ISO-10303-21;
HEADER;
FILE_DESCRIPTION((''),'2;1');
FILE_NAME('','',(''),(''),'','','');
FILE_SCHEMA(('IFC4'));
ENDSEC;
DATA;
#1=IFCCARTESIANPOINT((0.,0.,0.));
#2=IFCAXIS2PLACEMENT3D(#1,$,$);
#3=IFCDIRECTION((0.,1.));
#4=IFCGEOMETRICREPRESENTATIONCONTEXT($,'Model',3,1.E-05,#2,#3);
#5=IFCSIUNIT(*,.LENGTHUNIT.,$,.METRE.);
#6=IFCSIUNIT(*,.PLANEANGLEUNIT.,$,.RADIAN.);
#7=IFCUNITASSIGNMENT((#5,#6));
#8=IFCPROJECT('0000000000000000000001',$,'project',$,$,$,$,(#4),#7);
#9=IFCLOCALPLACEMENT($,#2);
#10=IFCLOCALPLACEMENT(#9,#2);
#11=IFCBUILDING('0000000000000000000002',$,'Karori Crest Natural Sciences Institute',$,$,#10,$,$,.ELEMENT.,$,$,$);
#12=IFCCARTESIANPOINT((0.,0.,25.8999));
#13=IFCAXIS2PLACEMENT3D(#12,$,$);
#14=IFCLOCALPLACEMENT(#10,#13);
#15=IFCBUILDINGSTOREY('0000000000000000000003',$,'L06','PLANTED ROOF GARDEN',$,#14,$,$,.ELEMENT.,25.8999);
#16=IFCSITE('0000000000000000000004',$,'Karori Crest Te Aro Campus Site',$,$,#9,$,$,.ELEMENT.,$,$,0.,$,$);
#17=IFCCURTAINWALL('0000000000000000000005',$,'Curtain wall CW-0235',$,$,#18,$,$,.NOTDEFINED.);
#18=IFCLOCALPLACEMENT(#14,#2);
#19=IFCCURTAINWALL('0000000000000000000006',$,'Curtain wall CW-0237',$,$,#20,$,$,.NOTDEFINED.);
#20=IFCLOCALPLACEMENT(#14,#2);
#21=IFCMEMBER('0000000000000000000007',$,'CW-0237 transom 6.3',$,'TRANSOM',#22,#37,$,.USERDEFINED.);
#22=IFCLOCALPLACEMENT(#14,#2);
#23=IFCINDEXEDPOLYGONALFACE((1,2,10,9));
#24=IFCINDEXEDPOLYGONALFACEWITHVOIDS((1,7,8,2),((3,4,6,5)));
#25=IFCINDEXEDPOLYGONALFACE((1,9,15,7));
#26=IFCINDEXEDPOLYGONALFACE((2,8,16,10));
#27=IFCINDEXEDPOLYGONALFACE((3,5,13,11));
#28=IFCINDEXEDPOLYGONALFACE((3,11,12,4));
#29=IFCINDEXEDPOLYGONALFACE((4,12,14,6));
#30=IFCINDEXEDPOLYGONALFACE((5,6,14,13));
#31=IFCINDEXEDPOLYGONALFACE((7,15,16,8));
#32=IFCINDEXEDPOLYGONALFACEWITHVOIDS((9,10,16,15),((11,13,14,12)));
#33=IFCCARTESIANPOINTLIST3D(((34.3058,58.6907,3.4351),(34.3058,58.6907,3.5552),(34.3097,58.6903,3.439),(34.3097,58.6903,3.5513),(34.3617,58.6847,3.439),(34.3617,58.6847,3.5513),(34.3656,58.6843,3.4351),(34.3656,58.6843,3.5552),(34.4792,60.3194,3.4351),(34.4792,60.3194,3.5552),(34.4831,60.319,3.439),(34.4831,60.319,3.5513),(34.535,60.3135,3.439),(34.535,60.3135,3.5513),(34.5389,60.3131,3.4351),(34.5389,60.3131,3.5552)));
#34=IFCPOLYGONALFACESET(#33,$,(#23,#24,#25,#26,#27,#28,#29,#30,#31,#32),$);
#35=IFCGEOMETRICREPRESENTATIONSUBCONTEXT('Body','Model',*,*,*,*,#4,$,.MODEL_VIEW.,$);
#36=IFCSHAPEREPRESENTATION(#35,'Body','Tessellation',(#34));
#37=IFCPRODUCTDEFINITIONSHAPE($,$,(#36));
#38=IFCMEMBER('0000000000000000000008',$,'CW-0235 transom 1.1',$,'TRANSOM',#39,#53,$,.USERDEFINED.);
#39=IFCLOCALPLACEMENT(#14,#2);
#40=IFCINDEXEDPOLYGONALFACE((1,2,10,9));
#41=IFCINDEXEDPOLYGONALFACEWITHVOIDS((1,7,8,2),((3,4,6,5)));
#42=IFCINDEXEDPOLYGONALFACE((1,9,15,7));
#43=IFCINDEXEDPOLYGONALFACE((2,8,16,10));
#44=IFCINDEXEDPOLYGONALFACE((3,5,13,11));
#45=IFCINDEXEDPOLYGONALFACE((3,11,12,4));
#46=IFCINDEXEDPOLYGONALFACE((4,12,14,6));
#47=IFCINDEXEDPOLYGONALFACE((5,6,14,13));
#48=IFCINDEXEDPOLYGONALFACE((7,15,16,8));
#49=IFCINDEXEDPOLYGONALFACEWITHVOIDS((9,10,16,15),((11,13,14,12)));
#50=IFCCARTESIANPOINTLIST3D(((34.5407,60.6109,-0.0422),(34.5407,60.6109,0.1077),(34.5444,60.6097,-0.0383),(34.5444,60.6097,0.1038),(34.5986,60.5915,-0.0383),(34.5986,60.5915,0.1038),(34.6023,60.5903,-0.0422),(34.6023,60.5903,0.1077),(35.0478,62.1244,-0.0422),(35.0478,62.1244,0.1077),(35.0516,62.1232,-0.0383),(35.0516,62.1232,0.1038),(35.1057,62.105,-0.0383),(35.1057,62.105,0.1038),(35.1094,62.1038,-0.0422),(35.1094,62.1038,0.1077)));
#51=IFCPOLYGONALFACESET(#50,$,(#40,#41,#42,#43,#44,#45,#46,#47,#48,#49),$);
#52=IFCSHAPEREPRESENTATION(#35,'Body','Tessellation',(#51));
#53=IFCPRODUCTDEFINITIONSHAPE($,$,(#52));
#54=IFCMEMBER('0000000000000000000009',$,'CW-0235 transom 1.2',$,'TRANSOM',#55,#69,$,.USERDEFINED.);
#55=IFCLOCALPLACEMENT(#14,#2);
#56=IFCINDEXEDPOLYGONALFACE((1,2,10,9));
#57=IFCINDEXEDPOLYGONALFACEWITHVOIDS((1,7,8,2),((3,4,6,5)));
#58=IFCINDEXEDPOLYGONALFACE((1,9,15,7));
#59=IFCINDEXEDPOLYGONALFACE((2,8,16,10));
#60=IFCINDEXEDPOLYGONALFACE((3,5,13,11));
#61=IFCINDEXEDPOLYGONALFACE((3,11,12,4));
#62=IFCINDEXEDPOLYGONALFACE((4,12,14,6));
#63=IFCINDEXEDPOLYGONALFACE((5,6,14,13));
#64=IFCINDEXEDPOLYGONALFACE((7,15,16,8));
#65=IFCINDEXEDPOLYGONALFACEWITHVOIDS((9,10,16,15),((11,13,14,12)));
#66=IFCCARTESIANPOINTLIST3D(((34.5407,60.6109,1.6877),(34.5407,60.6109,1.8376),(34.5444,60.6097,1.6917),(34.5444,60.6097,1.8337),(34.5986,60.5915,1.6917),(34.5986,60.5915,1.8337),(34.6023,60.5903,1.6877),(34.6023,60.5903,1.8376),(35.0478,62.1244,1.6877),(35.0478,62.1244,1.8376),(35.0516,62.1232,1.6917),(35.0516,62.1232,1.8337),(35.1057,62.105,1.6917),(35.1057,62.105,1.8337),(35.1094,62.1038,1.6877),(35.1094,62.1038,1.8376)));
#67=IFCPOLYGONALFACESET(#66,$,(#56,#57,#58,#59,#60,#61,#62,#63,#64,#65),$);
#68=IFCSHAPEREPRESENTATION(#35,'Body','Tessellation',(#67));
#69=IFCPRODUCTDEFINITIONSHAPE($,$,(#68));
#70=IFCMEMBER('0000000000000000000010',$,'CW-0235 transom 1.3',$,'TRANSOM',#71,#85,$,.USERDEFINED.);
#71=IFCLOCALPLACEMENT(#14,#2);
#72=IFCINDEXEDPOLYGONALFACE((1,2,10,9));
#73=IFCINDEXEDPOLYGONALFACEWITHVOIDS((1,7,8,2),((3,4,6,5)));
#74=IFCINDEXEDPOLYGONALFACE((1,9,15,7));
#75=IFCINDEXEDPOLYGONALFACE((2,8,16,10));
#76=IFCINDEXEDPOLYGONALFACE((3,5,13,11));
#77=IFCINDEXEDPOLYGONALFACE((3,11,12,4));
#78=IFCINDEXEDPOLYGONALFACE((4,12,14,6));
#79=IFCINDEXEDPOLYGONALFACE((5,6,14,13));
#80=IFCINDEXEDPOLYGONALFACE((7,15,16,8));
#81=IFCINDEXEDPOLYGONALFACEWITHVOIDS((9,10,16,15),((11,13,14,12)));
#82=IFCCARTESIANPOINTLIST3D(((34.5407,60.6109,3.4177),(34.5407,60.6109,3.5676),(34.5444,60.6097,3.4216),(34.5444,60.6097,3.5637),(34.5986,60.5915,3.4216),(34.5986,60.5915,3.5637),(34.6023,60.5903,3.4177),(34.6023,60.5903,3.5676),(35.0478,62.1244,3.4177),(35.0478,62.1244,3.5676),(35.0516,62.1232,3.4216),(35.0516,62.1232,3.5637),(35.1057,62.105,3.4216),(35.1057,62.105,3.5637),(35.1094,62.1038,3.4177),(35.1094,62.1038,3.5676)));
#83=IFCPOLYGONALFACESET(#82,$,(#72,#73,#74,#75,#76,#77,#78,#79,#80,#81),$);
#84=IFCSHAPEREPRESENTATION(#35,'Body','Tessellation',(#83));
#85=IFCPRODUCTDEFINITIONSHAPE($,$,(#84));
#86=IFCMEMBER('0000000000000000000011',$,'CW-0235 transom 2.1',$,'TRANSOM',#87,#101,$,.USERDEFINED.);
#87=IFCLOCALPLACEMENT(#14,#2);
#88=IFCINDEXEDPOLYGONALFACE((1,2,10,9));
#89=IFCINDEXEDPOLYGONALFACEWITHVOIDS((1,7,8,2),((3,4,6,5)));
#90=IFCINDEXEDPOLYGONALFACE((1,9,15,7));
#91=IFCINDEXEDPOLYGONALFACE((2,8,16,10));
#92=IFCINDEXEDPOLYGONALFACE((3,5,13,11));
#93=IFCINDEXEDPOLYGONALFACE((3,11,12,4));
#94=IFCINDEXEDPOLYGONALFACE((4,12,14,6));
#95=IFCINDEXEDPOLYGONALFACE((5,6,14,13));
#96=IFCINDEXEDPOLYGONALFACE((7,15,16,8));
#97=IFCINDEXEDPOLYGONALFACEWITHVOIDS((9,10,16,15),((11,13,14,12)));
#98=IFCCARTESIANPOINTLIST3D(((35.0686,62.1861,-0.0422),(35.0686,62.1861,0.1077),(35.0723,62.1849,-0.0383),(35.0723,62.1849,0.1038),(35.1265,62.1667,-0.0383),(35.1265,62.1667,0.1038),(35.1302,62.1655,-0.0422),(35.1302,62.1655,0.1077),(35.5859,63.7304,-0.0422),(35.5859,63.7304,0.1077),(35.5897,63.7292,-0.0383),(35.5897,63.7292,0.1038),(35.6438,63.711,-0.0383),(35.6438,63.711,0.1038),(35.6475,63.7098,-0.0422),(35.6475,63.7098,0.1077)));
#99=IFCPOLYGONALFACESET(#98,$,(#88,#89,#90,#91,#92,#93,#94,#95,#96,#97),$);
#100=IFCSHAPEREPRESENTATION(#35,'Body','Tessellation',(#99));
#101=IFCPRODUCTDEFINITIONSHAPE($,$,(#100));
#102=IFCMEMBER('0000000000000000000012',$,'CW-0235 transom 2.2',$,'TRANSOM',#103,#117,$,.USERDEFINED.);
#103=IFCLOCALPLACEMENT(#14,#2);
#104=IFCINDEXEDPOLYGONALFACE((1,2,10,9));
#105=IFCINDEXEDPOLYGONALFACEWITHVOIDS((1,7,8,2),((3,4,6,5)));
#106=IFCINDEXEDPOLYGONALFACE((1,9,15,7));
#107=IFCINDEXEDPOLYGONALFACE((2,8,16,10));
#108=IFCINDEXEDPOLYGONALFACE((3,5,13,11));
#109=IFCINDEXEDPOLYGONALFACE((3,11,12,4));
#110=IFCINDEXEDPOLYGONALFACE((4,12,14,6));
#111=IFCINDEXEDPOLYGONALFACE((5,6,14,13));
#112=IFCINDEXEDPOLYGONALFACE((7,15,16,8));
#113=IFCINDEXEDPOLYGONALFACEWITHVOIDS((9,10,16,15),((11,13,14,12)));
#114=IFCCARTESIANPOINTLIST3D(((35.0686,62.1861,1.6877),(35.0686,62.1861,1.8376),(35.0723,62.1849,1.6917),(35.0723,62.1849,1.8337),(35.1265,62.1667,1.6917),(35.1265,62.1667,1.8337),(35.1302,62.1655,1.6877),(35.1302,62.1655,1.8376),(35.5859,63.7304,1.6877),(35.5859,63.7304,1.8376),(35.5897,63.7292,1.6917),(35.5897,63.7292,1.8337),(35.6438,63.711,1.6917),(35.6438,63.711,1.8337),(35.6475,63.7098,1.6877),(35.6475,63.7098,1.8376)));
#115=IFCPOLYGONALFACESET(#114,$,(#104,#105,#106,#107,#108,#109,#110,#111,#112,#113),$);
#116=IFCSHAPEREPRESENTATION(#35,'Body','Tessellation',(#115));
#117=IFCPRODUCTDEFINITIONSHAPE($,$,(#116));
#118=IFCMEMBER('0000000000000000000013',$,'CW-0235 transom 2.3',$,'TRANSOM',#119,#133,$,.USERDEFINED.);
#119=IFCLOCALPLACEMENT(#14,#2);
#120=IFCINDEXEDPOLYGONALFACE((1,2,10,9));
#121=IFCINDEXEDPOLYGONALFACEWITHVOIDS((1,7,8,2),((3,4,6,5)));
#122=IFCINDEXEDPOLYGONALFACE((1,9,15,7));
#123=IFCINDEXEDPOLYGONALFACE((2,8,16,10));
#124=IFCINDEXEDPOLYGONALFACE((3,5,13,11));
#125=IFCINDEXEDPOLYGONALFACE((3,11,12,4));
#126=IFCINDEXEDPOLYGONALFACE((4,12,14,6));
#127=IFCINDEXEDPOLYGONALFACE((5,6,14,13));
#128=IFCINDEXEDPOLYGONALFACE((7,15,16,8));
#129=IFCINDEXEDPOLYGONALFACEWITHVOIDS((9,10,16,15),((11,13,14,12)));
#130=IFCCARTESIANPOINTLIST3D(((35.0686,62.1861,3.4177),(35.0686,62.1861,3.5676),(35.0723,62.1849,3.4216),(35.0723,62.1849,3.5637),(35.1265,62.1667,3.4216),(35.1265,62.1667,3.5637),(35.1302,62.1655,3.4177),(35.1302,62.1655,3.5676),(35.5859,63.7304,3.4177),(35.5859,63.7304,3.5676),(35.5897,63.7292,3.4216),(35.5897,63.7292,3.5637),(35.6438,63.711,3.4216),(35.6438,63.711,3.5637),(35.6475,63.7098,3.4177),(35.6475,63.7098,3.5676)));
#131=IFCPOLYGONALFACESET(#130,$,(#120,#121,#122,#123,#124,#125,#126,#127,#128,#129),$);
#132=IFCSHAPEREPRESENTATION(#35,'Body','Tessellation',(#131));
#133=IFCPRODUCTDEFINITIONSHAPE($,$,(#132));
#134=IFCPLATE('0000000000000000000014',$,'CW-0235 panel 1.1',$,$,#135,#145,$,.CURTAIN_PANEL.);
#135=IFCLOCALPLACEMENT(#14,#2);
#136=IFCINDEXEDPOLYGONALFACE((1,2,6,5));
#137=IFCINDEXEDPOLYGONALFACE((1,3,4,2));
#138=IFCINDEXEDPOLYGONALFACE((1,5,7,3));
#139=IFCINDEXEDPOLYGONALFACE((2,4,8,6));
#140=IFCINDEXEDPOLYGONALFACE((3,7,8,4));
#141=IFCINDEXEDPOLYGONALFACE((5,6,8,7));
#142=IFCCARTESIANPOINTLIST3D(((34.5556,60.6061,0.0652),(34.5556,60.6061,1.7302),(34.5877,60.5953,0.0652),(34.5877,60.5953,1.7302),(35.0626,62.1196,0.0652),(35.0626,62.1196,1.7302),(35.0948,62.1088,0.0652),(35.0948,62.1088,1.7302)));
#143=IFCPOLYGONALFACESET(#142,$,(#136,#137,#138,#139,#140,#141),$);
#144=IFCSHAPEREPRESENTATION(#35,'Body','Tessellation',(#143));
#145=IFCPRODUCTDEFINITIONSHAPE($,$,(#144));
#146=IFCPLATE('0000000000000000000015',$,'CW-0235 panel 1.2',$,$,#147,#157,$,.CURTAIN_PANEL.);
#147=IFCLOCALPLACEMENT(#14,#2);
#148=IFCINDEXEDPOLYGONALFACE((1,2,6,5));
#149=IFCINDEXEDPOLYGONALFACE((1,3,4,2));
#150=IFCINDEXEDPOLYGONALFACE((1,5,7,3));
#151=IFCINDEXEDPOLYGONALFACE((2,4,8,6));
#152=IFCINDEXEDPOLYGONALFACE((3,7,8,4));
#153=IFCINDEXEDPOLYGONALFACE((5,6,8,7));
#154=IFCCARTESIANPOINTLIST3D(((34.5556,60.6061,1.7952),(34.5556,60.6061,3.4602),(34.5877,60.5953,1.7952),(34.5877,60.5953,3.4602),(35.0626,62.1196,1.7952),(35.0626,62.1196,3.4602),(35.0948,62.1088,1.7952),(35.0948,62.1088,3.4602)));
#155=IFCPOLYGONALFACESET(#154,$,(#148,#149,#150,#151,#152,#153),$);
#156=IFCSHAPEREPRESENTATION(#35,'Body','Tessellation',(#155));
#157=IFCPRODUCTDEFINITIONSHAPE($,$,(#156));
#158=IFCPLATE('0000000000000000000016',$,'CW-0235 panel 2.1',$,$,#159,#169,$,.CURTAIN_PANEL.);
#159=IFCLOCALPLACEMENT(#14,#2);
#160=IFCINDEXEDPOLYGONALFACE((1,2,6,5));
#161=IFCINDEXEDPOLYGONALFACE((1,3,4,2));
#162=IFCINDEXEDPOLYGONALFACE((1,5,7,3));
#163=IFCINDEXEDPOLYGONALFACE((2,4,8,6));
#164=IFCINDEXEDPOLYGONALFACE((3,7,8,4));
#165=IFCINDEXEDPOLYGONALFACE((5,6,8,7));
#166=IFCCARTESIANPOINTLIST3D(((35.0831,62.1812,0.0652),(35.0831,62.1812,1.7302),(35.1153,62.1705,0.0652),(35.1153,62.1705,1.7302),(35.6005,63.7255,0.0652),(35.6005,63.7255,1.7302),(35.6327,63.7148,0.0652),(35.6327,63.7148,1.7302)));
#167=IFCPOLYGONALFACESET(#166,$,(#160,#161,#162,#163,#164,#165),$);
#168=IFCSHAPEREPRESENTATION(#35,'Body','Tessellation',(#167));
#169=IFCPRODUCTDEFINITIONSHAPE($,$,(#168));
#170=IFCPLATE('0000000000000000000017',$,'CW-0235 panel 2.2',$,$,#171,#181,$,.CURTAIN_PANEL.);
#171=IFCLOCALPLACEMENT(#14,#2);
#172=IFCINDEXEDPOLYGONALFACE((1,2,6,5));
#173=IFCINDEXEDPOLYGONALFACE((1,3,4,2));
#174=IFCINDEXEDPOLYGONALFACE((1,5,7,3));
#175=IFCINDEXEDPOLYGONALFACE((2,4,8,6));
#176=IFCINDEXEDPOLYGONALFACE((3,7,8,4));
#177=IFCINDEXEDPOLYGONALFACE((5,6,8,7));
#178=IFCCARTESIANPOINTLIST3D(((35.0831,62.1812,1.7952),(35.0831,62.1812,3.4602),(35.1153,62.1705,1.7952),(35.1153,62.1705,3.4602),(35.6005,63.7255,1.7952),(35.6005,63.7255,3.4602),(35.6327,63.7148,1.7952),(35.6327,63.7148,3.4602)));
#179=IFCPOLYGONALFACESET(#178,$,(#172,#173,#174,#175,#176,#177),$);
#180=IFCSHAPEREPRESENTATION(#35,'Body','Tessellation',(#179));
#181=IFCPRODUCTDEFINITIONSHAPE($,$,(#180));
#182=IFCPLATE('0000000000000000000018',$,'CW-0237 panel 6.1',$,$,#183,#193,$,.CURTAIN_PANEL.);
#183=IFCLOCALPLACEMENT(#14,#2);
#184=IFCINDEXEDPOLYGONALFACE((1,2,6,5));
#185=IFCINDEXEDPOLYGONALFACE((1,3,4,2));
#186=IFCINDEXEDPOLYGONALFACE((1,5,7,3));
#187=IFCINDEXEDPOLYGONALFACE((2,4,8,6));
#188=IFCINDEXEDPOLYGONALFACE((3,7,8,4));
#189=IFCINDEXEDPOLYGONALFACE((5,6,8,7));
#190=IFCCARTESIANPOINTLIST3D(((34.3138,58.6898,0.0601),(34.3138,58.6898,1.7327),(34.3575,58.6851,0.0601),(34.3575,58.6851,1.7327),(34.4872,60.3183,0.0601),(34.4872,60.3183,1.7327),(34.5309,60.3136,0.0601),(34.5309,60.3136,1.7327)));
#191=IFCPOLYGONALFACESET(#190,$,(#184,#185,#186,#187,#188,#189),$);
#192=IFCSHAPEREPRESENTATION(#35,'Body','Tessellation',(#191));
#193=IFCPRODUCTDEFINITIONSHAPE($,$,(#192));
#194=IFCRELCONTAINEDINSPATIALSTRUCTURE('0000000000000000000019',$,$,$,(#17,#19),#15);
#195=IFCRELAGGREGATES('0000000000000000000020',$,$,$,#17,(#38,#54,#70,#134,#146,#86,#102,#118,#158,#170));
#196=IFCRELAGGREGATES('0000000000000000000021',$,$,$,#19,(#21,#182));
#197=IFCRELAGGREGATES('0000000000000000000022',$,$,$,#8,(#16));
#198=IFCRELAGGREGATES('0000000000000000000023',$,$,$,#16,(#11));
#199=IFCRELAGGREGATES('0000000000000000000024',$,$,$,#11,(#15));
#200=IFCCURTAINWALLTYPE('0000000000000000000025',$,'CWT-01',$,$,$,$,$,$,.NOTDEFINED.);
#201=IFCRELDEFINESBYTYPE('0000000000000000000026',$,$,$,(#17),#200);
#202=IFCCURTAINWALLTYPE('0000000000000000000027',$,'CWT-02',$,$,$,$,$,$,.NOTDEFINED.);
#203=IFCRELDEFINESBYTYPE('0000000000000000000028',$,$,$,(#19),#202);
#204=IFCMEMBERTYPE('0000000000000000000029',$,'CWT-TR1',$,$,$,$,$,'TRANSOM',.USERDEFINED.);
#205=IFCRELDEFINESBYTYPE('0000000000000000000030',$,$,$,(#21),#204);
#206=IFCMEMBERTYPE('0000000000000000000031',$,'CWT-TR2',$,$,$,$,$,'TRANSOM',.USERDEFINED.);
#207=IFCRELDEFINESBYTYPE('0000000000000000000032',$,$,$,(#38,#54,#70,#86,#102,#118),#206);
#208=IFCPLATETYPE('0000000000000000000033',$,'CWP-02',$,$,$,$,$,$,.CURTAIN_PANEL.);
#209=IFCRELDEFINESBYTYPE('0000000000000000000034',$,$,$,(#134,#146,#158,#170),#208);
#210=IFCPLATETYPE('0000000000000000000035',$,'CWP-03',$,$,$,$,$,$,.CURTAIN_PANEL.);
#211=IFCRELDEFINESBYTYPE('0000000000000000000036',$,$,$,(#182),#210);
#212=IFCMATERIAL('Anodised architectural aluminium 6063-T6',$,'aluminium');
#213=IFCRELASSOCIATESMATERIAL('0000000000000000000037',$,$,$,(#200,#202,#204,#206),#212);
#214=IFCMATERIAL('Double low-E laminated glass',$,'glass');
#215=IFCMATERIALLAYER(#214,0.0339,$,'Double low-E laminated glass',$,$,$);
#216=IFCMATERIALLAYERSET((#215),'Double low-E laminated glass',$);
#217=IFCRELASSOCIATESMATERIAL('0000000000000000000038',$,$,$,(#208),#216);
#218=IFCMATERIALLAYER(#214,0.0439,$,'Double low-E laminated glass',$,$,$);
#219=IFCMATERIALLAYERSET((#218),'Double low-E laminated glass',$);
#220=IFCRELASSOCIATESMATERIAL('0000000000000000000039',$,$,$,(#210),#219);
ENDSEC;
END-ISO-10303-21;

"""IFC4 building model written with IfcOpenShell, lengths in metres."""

from ifc_helpers import new_model, si_unit, direction, frame, origin, origin_2d, place, context, subcontext, project, spatial, rectangle, hollow_rectangle, extrude, material, layer, layer_set, material_profile, profile_set, type_object, element, aggregate, save


model = new_model("IFC4")

# Units and contexts
model_context = context("Model", 3, precision=1e-05, world=origin(), true_north=direction((0.0, 1.0)))
body_context = subcontext(model_context, "Body", "Model", "MODEL_VIEW")
ifc_project = project(units=[si_unit("LENGTHUNIT", "METRE"), si_unit("PLANEANGLEUNIT", "RADIAN")], contexts=[model_context])

# Site, building, storey
site_placement = place(None, origin())
site = spatial("IfcSite", under=ifc_project, at=site_placement, Name="Karori Crest Te Aro Campus Site", CompositionType="ELEMENT", RefElevation=0.0)
building_placement = place(site_placement, origin())
building = spatial("IfcBuilding", under=site, at=building_placement, Name="Karori Crest Natural Sciences Institute", CompositionType="ELEMENT")
storey_placement = place(building_placement, frame((0.0, 0.0, 25.8999)))
storey = spatial("IfcBuildingStorey", under=building, at=storey_placement, Name="L06", Description="PLANTED ROOF GARDEN", CompositionType="ELEMENT", Elevation=25.8999)

# Curtain walls, member
ifc_material_1 = material(Name="Anodised architectural aluminium 6063-T6", Category="aluminium")
curtain_wall_type_1 = type_object("IfcCurtainWallType", Name="CWT-01", PredefinedType="NOTDEFINED", material=ifc_material_1)
curtain_wall_1_placement = place(storey_placement, origin())
curtain_wall_1 = element("IfcCurtainWall", 1, at=curtain_wall_1_placement, inside=storey, type_object=curtain_wall_type_1, Name="Curtain wall CW-0235", PredefinedType="NOTDEFINED")
curtain_wall_type_2 = type_object("IfcCurtainWallType", Name="CWT-02", PredefinedType="NOTDEFINED", material=ifc_material_1)
curtain_wall_2_placement = place(storey_placement, origin())
curtain_wall_2 = element("IfcCurtainWall", 2, at=curtain_wall_2_placement, inside=storey, type_object=curtain_wall_type_2, Name="Curtain wall CW-0237", PredefinedType="NOTDEFINED")
ifc_material_profile_1 = material_profile(ifc_material_1, hollow_rectangle(XDim=0.0601, YDim=0.1201, WallThickness=0.0039, at=origin_2d()), Name="CWT120x60x4")
ifc_profile_set_1 = profile_set([ifc_material_profile_1], Name="Anodised architectural aluminium 6063-T6")
member_type_1 = type_object("IfcMemberType", Name="CWT-TR1", ElementType="TRANSOM", PredefinedType="USERDEFINED", material=ifc_profile_set_1)
member_1_placement = place(storey_placement, frame((34.3357, 58.6875, 3.4951), z_axis=(0.105833, 0.994384, 0.0), x_axis=(-0.994384, 0.105833, 0.0)))
member_1 = element("IfcMember", 3, at=member_1_placement, type_object=member_type_1, Name="CW-0237 transom 6.3", ObjectType="TRANSOM", PredefinedType="USERDEFINED", context=body_context, shape_type="SweptSolid", body=[
    extrude(hollow_rectangle(XDim=0.0601, YDim=0.1201, WallThickness=0.0039, at=origin_2d()), origin(), (0.0, 0.0, 1.0), 1.6379),
])

# Members
ifc_material_profile_2 = material_profile(ifc_material_1, hollow_rectangle(XDim=0.0649, YDim=0.1499, WallThickness=0.0039, at=origin_2d()), Name="CWT150x65x4")
ifc_profile_set_2 = profile_set([ifc_material_profile_2], Name="Anodised architectural aluminium 6063-T6")
member_type_2 = type_object("IfcMemberType", Name="CWT-TR2", ElementType="TRANSOM", PredefinedType="USERDEFINED", material=ifc_profile_set_2)
member_2_placement = place(storey_placement, frame((34.5715, 60.6006, 0.0327), z_axis=(0.317696, 0.948193, 0.0), x_axis=(-0.948193, 0.317696, 0.0)))
member_2 = element("IfcMember", 4, at=member_2_placement, type_object=member_type_2, Name="CW-0235 transom 1.1", ObjectType="TRANSOM", PredefinedType="USERDEFINED", context=body_context, shape_type="SweptSolid", body=[
    extrude(hollow_rectangle(XDim=0.0649, YDim=0.1499, WallThickness=0.0039, at=origin_2d()), origin(), (0.0, 0.0, 1.0), 1.5962),
])
member_3_placement = place(storey_placement, frame((34.5715, 60.6006, 1.7627), z_axis=(0.317696, 0.948193, 0.0), x_axis=(-0.948193, 0.317696, 0.0)))
member_3 = element("IfcMember", 5, at=member_3_placement, type_object=member_type_2, Name="CW-0235 transom 1.2", ObjectType="TRANSOM", PredefinedType="USERDEFINED", context=body_context, shape_type="SweptSolid", body=[
    extrude(hollow_rectangle(XDim=0.0649, YDim=0.1499, WallThickness=0.0039, at=origin_2d()), origin(), (0.0, 0.0, 1.0), 1.5962),
])
member_4_placement = place(storey_placement, frame((34.5715, 60.6006, 3.4927), z_axis=(0.317696, 0.948193, 0.0), x_axis=(-0.948193, 0.317696, 0.0)))
member_4 = element("IfcMember", 6, at=member_4_placement, type_object=member_type_2, Name="CW-0235 transom 1.3", ObjectType="TRANSOM", PredefinedType="USERDEFINED", context=body_context, shape_type="SweptSolid", body=[
    extrude(hollow_rectangle(XDim=0.0649, YDim=0.1499, WallThickness=0.0039, at=origin_2d()), origin(), (0.0, 0.0, 1.0), 1.5962),
])
member_5_placement = place(storey_placement, frame((35.0994, 62.1758, 0.0327), z_axis=(0.317667, 0.948202, 0.0), x_axis=(-0.948202, 0.317667, 0.0)))
member_5 = element("IfcMember", 7, at=member_5_placement, type_object=member_type_2, Name="CW-0235 transom 2.1", ObjectType="TRANSOM", PredefinedType="USERDEFINED", context=body_context, shape_type="SweptSolid", body=[
    extrude(hollow_rectangle(XDim=0.0649, YDim=0.1499, WallThickness=0.0039, at=origin_2d()), origin(), (0.0, 0.0, 1.0), 1.6287),
])
member_6_placement = place(storey_placement, frame((35.0994, 62.1758, 1.7627), z_axis=(0.317667, 0.948202, 0.0), x_axis=(-0.948202, 0.317667, 0.0)))
member_6 = element("IfcMember", 8, at=member_6_placement, type_object=member_type_2, Name="CW-0235 transom 2.2", ObjectType="TRANSOM", PredefinedType="USERDEFINED", context=body_context, shape_type="SweptSolid", body=[
    extrude(hollow_rectangle(XDim=0.0649, YDim=0.1499, WallThickness=0.0039, at=origin_2d()), origin(), (0.0, 0.0, 1.0), 1.6287),
])
member_7_placement = place(storey_placement, frame((35.0994, 62.1758, 3.4927), z_axis=(0.317667, 0.948202, 0.0), x_axis=(-0.948202, 0.317667, 0.0)))
member_7 = element("IfcMember", 9, at=member_7_placement, type_object=member_type_2, Name="CW-0235 transom 2.3", ObjectType="TRANSOM", PredefinedType="USERDEFINED", context=body_context, shape_type="SweptSolid", body=[
    extrude(hollow_rectangle(XDim=0.0649, YDim=0.1499, WallThickness=0.0039, at=origin_2d()), origin(), (0.0, 0.0, 1.0), 1.6287),
])

# Plates
ifc_material_2 = material(Name="Double low-E laminated glass", Category="glass")
ifc_layer_1 = layer(ifc_material_2, 0.0339, Name="Double low-E laminated glass")
ifc_layer_set_1 = layer_set([ifc_layer_1], Name="Double low-E laminated glass")
plate_type_1 = type_object("IfcPlateType", Name="CWP-02", PredefinedType="CURTAIN_PANEL", material=ifc_layer_set_1)
plate_1_placement = place(storey_placement, frame((34.8252, 61.3574, 0.0652), z_axis=(0.0, 0.0, 1.0), x_axis=(0.31768, 0.948198, 0.0)))
plate_1 = element("IfcPlate", 10, at=plate_1_placement, type_object=plate_type_1, Name="CW-0235 panel 1.1", PredefinedType="CURTAIN_PANEL", context=body_context, shape_type="SweptSolid", body=[
    extrude(rectangle(XDim=1.5962, YDim=0.0339, at=origin_2d()), origin(), (0.0, 0.0, 1.0), 1.665),
])
plate_2_placement = place(storey_placement, frame((34.8252, 61.3574, 1.7952), z_axis=(0.0, 0.0, 1.0), x_axis=(0.31768, 0.948198, 0.0)))
plate_2 = element("IfcPlate", 11, at=plate_2_placement, type_object=plate_type_1, Name="CW-0235 panel 1.2", PredefinedType="CURTAIN_PANEL", context=body_context, shape_type="SweptSolid", body=[
    extrude(rectangle(XDim=1.5962, YDim=0.0339, at=origin_2d()), origin(), (0.0, 0.0, 1.0), 1.665),
])
plate_3_placement = place(storey_placement, frame((35.3579, 62.948, 0.0652), z_axis=(0.0, 0.0, 1.0), x_axis=(0.31768, 0.948198, 0.0)))
plate_3 = element("IfcPlate", 12, at=plate_3_placement, type_object=plate_type_1, Name="CW-0235 panel 2.1", PredefinedType="CURTAIN_PANEL", context=body_context, shape_type="SweptSolid", body=[
    extrude(rectangle(XDim=1.6287, YDim=0.0339, at=origin_2d()), origin(), (0.0, 0.0, 1.0), 1.665),
])
plate_4_placement = place(storey_placement, frame((35.3579, 62.948, 1.7952), z_axis=(0.0, 0.0, 1.0), x_axis=(0.31768, 0.948198, 0.0)))
plate_4 = element("IfcPlate", 13, at=plate_4_placement, type_object=plate_type_1, Name="CW-0235 panel 2.2", PredefinedType="CURTAIN_PANEL", context=body_context, shape_type="SweptSolid", body=[
    extrude(rectangle(XDim=1.6287, YDim=0.0339, at=origin_2d()), origin(), (0.0, 0.0, 1.0), 1.665),
])
aggregate(curtain_wall_1, [member_2, member_3, member_4, plate_1, plate_2, member_5, member_6, member_7, plate_3, plate_4])
ifc_layer_2 = layer(ifc_material_2, 0.0439, Name="Double low-E laminated glass")
ifc_layer_set_2 = layer_set([ifc_layer_2], Name="Double low-E laminated glass")
plate_type_2 = type_object("IfcPlateType", Name="CWP-03", PredefinedType="CURTAIN_PANEL", material=ifc_layer_set_2)
plate_5_placement = place(storey_placement, frame((34.4224, 59.5017, 0.0601), z_axis=(0.0, 0.0, 1.0), x_axis=(0.105886, 0.994378, 0.0)))
plate_5 = element("IfcPlate", 14, at=plate_5_placement, type_object=plate_type_2, Name="CW-0237 panel 6.1", PredefinedType="CURTAIN_PANEL", context=body_context, shape_type="SweptSolid", body=[
    extrude(rectangle(XDim=1.6377, YDim=0.0439, at=origin_2d()), origin(), (0.0, 0.0, 1.0), 1.6726),
])
aggregate(curtain_wall_2, [member_1, plate_5])

save(model, "model.ifc")
